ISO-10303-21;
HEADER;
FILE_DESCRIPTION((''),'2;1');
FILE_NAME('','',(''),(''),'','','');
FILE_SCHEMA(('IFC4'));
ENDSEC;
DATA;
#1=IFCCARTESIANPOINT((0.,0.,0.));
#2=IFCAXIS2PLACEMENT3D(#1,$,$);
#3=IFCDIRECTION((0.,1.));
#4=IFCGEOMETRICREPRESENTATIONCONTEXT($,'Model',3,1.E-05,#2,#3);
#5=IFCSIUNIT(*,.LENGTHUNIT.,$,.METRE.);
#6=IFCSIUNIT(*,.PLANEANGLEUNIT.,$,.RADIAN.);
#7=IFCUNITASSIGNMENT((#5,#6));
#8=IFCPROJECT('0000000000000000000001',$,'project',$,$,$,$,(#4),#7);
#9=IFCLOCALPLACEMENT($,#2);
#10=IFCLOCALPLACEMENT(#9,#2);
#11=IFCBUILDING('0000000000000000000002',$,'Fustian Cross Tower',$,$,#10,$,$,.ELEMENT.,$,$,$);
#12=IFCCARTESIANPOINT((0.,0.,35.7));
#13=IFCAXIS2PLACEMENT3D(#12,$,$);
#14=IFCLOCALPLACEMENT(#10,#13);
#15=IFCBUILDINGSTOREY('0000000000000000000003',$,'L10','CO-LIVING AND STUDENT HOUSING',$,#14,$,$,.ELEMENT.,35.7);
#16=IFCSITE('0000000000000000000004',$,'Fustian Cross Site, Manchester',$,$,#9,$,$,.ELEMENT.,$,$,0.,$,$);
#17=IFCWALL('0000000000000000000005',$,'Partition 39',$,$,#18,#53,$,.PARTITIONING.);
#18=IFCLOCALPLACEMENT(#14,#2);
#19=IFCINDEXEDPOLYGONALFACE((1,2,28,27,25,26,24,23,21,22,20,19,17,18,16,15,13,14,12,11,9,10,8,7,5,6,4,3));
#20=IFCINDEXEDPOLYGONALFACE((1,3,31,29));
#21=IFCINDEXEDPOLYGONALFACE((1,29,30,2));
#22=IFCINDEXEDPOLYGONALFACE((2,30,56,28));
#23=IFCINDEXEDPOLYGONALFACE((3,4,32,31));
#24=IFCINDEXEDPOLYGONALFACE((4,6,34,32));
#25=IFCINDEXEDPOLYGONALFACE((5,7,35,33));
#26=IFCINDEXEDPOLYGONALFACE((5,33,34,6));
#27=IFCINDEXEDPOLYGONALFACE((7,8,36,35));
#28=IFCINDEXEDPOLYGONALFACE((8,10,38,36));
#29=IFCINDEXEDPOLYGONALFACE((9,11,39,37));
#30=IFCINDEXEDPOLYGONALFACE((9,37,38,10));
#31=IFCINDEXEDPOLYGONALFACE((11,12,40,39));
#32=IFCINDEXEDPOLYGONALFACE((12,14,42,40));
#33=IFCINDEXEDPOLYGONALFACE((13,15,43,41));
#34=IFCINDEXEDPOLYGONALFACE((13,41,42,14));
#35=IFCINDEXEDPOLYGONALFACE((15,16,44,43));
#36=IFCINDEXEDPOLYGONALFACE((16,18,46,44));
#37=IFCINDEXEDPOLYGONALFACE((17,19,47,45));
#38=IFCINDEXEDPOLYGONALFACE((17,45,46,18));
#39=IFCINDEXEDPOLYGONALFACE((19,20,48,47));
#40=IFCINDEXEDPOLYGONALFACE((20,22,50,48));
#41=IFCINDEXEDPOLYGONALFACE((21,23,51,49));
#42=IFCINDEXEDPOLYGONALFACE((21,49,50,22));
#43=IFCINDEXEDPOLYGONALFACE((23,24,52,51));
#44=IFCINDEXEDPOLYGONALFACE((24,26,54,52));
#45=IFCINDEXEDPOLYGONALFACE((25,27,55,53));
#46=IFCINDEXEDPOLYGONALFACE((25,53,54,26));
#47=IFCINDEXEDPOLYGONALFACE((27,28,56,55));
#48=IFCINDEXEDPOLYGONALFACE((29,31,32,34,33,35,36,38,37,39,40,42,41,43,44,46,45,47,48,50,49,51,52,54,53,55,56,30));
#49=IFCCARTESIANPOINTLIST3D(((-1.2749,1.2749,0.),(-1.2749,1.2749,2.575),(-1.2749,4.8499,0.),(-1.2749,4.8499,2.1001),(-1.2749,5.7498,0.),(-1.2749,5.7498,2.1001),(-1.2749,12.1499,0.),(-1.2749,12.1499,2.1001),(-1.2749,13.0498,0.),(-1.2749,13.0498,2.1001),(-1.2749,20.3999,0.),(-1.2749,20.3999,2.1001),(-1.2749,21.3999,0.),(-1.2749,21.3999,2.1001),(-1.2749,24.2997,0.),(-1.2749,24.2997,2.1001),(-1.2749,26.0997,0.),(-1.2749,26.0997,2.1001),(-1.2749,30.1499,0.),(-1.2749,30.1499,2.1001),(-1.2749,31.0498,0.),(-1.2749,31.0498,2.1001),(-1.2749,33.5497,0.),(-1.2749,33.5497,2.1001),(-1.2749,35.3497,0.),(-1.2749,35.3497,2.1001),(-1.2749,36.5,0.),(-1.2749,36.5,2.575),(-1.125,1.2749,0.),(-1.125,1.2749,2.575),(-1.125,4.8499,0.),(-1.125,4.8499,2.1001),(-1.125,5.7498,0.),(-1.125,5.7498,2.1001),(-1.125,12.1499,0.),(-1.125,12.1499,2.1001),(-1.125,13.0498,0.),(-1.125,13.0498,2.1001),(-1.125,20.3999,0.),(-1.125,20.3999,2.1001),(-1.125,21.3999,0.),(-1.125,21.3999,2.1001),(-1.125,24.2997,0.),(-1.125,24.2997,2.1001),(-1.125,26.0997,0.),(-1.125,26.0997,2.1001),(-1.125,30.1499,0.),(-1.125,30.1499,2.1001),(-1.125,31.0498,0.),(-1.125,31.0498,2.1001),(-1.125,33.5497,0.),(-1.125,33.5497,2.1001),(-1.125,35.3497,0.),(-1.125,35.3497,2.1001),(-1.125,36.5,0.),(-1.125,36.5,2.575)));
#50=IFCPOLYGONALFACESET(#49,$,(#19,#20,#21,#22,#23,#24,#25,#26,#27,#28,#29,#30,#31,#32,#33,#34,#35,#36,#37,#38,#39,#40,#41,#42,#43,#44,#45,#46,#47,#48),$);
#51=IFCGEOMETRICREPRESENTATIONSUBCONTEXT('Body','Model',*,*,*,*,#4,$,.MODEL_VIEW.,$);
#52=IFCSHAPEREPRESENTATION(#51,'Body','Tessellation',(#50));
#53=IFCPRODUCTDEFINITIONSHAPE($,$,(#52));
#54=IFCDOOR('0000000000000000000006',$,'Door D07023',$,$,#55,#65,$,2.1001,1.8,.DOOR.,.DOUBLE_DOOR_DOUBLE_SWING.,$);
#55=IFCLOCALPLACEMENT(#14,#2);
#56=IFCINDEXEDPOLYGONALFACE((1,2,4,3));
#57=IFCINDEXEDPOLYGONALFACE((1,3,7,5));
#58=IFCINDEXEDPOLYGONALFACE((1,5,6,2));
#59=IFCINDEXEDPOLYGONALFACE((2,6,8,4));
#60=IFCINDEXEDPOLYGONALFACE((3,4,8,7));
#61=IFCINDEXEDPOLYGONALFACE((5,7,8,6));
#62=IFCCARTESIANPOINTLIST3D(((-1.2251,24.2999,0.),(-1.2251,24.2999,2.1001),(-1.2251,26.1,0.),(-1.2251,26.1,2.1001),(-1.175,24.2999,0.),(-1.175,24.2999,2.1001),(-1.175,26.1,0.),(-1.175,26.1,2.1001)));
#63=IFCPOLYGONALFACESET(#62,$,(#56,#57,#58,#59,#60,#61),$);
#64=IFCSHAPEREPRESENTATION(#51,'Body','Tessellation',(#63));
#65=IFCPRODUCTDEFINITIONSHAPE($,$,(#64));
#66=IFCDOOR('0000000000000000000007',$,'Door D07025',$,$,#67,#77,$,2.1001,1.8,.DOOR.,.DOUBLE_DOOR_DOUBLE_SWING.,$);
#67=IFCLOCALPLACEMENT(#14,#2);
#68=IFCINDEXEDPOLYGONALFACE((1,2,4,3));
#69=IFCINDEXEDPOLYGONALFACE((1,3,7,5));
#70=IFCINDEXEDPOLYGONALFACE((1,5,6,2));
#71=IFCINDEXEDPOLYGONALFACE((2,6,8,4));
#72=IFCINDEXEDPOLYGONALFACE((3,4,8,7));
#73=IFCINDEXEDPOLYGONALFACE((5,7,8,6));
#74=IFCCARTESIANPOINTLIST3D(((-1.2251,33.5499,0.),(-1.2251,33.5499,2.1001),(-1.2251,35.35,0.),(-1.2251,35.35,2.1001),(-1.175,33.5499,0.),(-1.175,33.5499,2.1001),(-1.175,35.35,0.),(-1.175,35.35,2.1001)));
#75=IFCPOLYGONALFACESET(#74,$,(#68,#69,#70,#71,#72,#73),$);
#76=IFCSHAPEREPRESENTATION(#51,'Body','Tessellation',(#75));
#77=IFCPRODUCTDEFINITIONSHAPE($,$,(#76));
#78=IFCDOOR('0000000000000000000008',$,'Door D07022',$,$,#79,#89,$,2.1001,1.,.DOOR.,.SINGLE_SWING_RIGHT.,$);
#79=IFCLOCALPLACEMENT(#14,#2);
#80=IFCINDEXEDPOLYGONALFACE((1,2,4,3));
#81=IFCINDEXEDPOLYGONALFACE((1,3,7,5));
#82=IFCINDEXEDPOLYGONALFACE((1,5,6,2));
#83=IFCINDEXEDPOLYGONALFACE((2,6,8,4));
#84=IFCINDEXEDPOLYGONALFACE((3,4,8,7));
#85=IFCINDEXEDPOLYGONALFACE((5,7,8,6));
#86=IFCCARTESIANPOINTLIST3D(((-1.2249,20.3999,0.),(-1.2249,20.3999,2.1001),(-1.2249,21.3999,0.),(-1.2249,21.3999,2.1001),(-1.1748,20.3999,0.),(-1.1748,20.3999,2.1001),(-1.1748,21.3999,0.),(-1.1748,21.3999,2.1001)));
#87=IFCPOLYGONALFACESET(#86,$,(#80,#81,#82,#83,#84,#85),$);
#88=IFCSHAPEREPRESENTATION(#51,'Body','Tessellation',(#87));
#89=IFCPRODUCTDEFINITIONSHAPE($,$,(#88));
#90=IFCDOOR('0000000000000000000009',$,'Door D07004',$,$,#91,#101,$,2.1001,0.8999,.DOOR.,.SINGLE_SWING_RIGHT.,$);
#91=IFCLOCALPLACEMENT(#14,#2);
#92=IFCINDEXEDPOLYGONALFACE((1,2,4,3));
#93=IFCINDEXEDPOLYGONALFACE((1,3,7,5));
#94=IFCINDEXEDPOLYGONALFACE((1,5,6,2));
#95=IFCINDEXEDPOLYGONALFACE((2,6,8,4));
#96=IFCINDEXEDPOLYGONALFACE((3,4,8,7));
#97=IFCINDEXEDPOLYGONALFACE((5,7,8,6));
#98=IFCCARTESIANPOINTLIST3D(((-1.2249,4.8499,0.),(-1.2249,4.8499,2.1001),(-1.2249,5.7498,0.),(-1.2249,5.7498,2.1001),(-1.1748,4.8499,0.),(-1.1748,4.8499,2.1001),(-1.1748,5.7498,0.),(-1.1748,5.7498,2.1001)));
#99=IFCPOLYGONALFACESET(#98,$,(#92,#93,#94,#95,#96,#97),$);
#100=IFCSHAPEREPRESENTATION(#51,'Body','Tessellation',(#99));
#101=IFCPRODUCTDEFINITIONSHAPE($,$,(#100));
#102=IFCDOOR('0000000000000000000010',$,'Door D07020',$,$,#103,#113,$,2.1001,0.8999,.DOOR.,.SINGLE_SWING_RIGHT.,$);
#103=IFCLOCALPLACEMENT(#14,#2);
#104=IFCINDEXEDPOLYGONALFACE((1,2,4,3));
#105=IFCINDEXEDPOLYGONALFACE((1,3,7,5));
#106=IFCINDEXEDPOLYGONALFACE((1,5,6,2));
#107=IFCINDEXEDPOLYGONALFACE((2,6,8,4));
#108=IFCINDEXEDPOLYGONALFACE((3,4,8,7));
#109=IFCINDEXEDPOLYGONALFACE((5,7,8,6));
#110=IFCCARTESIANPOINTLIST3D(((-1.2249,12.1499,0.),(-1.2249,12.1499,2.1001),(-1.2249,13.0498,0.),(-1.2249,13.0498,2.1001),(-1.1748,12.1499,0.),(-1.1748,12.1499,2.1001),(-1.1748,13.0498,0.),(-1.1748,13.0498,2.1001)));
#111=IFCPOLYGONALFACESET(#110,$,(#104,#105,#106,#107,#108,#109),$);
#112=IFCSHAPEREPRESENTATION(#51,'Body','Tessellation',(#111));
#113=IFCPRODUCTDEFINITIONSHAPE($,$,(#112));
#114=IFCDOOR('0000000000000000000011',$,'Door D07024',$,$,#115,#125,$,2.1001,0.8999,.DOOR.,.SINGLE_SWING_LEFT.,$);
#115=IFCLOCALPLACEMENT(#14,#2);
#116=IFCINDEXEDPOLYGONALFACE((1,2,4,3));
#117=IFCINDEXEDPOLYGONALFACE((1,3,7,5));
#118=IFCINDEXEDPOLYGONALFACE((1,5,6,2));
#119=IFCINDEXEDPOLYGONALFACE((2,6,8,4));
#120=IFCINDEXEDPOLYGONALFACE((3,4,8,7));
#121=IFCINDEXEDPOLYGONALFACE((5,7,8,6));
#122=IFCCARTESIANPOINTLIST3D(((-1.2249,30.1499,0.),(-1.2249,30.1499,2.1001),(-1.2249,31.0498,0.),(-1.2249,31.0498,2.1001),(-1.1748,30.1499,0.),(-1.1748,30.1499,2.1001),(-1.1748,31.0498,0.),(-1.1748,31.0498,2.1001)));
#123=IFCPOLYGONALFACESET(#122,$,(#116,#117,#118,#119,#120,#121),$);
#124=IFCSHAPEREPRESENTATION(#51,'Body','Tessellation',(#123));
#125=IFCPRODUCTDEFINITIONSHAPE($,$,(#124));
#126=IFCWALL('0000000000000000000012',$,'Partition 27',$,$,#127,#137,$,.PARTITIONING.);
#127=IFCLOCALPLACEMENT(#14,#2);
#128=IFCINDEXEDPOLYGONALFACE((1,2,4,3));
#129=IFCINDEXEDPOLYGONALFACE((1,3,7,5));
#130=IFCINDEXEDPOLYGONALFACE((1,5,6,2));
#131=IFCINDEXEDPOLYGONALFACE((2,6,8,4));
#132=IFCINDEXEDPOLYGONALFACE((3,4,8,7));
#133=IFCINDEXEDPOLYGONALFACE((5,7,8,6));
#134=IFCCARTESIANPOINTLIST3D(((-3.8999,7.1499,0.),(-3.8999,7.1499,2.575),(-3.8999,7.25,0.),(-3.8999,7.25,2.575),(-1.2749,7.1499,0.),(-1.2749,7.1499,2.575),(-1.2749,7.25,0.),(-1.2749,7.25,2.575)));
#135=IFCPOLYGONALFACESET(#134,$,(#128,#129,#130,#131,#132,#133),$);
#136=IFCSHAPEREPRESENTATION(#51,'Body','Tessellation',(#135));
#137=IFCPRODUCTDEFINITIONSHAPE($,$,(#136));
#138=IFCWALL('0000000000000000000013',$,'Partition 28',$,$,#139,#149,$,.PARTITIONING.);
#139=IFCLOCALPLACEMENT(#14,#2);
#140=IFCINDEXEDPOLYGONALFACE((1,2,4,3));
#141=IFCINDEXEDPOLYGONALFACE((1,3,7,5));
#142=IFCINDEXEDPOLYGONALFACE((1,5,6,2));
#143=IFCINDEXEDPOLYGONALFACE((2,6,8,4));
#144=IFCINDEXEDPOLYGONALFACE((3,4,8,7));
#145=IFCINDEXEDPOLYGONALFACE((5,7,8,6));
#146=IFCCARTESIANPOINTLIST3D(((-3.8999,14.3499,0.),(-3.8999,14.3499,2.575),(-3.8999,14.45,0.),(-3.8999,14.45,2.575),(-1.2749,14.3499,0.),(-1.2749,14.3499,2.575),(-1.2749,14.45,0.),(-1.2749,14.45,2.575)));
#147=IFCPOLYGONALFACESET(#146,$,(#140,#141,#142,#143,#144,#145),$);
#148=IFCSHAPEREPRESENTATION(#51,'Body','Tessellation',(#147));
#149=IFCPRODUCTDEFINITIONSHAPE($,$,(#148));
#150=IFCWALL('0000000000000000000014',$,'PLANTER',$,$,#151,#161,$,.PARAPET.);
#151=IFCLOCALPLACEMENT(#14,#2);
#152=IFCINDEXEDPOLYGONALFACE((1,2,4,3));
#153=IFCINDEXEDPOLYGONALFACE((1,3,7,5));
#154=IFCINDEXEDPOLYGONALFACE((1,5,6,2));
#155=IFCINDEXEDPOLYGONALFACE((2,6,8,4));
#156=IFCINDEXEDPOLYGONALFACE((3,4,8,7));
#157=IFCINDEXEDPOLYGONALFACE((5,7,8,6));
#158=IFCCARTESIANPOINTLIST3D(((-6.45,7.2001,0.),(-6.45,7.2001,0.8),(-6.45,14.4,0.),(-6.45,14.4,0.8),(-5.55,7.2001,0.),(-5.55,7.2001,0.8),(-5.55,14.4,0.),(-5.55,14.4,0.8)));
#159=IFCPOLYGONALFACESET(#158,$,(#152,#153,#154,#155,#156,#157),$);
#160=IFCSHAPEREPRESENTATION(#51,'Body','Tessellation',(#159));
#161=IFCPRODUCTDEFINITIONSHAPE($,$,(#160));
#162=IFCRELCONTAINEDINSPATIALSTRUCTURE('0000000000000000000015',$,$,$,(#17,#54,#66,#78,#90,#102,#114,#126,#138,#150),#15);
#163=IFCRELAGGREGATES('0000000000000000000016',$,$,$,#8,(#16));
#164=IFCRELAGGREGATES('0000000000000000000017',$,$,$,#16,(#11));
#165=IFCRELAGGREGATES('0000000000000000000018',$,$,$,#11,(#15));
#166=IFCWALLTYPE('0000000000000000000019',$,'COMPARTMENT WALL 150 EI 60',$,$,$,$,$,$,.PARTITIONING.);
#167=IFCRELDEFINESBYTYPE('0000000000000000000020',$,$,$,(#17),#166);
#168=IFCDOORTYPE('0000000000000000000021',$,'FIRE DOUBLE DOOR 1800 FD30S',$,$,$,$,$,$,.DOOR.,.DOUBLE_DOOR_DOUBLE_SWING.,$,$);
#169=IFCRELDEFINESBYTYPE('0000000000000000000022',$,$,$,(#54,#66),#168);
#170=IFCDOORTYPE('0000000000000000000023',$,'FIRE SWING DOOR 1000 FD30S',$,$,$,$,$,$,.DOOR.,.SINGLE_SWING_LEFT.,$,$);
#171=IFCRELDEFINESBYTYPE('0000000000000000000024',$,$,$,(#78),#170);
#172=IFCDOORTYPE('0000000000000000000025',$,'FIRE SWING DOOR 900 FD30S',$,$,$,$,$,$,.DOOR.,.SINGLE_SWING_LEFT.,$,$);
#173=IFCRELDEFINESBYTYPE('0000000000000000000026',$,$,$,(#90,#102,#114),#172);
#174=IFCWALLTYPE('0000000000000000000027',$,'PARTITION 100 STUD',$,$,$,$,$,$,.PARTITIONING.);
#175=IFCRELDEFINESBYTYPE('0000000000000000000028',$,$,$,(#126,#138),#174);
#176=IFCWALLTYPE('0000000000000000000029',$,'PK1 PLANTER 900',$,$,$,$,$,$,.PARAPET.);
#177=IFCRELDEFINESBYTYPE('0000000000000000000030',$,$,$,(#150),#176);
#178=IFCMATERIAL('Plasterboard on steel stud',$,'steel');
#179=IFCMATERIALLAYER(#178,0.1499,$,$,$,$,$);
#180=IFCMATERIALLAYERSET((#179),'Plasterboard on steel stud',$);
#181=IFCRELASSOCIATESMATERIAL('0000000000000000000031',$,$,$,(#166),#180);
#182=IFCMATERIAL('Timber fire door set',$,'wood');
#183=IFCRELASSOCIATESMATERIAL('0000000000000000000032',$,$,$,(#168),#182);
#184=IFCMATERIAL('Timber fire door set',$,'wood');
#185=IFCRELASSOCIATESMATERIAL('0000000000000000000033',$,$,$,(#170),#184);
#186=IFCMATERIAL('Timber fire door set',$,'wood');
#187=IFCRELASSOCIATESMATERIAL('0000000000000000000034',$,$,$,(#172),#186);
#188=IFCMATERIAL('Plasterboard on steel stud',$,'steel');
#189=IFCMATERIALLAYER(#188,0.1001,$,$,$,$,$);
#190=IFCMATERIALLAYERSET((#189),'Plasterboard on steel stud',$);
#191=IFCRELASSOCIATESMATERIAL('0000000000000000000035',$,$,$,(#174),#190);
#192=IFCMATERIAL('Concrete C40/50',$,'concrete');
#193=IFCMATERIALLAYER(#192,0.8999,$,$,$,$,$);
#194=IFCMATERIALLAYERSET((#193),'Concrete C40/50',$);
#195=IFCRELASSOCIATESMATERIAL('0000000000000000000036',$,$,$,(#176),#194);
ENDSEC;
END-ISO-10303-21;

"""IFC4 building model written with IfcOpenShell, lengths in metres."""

from ifc_helpers import new_model, si_unit, direction, frame, frame_2d, origin, place, context, subcontext, project, spatial, rectangle, extrude, material, layer, layer_set, type_object, element, fill, save


model = new_model("IFC4")

# Units and contexts
model_context = context("Model", 3, precision=1e-05, world=origin(), true_north=direction((0.0, 1.0)))
body_context = subcontext(model_context, "Body", "Model", "MODEL_VIEW")
ifc_project = project(units=[si_unit("LENGTHUNIT", "METRE"), si_unit("PLANEANGLEUNIT", "RADIAN")], contexts=[model_context])

# Site, building, storey
site_placement = place(None, origin())
site = spatial("IfcSite", under=ifc_project, at=site_placement, Name="Fustian Cross Site, Manchester", CompositionType="ELEMENT", RefElevation=0.0)
building_placement = place(site_placement, origin())
building = spatial("IfcBuilding", under=site, at=building_placement, Name="Fustian Cross Tower", CompositionType="ELEMENT")
storey_placement = place(building_placement, frame((0.0, 0.0, 35.7)))
storey = spatial("IfcBuildingStorey", under=building, at=storey_placement, Name="L10", Description="CO-LIVING AND STUDENT HOUSING", CompositionType="ELEMENT", Elevation=35.7)

# Wall, openings, doors
ifc_material_1 = material(Name="Plasterboard on steel stud", Category="steel")
ifc_layer_1 = layer(ifc_material_1, 0.1499)
ifc_layer_set_1 = layer_set([ifc_layer_1], Name="Plasterboard on steel stud")
wall_type_1 = type_object("IfcWallType", Name="COMPARTMENT WALL 150 EI 60", PredefinedType="PARTITIONING", material=ifc_layer_set_1)
wall_1_placement = place(storey_placement, frame((-1.2, 1.2749, 0.0), z_axis=(0.0, 0.0, 1.0), x_axis=(0.0, 1.0, 0.0)))
wall_1 = element("IfcWall", 1, at=wall_1_placement, inside=storey, type_object=wall_type_1, Name="Partition 39", PredefinedType="PARTITIONING", context=body_context, shape_type="SweptSolid", body=[
    extrude(rectangle(XDim=35.2251, YDim=0.1499, at=frame_2d((17.6125, 0.0))), origin(), (0.0, 0.0, 1.0), 2.575),
])
opening_1_placement = place(wall_1_placement, frame((3.575, 0.0, 0.0)))
opening_1 = element("IfcOpeningElement", 2, at=opening_1_placement, cuts=wall_1, PredefinedType="OPENING", context=body_context, shape_type="SweptSolid", body=[
    extrude(rectangle(XDim=0.8999, YDim=2.1001, at=frame_2d((0.45, 1.05))), frame((0.0, 0.085, 0.0), z_axis=(0.0, -1.0, 0.0), x_axis=(1.0, 0.0, 0.0)), (0.0, 0.0, 1.0), 0.1699),
])
opening_2_placement = place(wall_1_placement, frame((10.875, 0.0, 0.0)))
opening_2 = element("IfcOpeningElement", 3, at=opening_2_placement, cuts=wall_1, PredefinedType="OPENING", context=body_context, shape_type="SweptSolid", body=[
    extrude(rectangle(XDim=0.8999, YDim=2.1001, at=frame_2d((0.45, 1.05))), frame((0.0, 0.085, 0.0), z_axis=(0.0, -1.0, 0.0), x_axis=(1.0, 0.0, 0.0)), (0.0, 0.0, 1.0), 0.1699),
])
opening_3_placement = place(wall_1_placement, frame((19.125, 0.0, 0.0)))
opening_3 = element("IfcOpeningElement", 4, at=opening_3_placement, cuts=wall_1, PredefinedType="OPENING", context=body_context, shape_type="SweptSolid", body=[
    extrude(rectangle(XDim=1.0, YDim=2.1001, at=frame_2d((0.5, 1.05))), frame((0.0, 0.085, 0.0), z_axis=(0.0, -1.0, 0.0), x_axis=(1.0, 0.0, 0.0)), (0.0, 0.0, 1.0), 0.1699),
])
opening_4_placement = place(wall_1_placement, frame((23.0249, 0.0, 0.0)))
opening_4 = element("IfcOpeningElement", 5, at=opening_4_placement, cuts=wall_1, PredefinedType="OPENING", context=body_context, shape_type="SweptSolid", body=[
    extrude(rectangle(XDim=1.8, YDim=2.1001, at=frame_2d((0.8999, 1.05))), frame((0.0, 0.085, 0.0), z_axis=(0.0, -1.0, 0.0), x_axis=(1.0, 0.0, 0.0)), (0.0, 0.0, 1.0), 0.1699),
])
opening_5_placement = place(wall_1_placement, frame((28.875, 0.0, 0.0)))
opening_5 = element("IfcOpeningElement", 6, at=opening_5_placement, cuts=wall_1, PredefinedType="OPENING", context=body_context, shape_type="SweptSolid", body=[
    extrude(rectangle(XDim=0.8999, YDim=2.1001, at=frame_2d((0.45, 1.05))), frame((0.0, 0.085, 0.0), z_axis=(0.0, -1.0, 0.0), x_axis=(1.0, 0.0, 0.0)), (0.0, 0.0, 1.0), 0.1699),
])
opening_6_placement = place(wall_1_placement, frame((32.2749, 0.0, 0.0)))
opening_6 = element("IfcOpeningElement", 7, at=opening_6_placement, cuts=wall_1, PredefinedType="OPENING", context=body_context, shape_type="SweptSolid", body=[
    extrude(rectangle(XDim=1.8, YDim=2.1001, at=frame_2d((0.8999, 1.05))), frame((0.0, 0.085, 0.0), z_axis=(0.0, -1.0, 0.0), x_axis=(1.0, 0.0, 0.0)), (0.0, 0.0, 1.0), 0.1699),
])
ifc_material_2 = material(Name="Timber fire door set", Category="wood")
door_type_1 = type_object("IfcDoorType", Name="FIRE DOUBLE DOOR 1800 FD30S", OperationType="DOUBLE_DOOR_DOUBLE_SWING", PredefinedType="DOOR", material=ifc_material_2)
door_1_placement = place(opening_4_placement, frame((1.8, 0.0, 0.0), z_axis=(0.0, 0.0, 1.0), x_axis=(-1.0, 0.0, 0.0)))
door_1 = element("IfcDoor", 8, at=door_1_placement, inside=storey, type_object=door_type_1, Name="Door D07023", OperationType="DOUBLE_DOOR_DOUBLE_SWING", OverallHeight=2.1001, OverallWidth=1.8, PredefinedType="DOOR", context=body_context, shape_type="SweptSolid", body=[
    extrude(rectangle(XDim=1.8, YDim=2.1001, at=frame_2d((0.8999, 1.05))), frame((0.0, 0.0249, 0.0), z_axis=(0.0, -1.0, 0.0), x_axis=(1.0, 0.0, 0.0)), (0.0, 0.0, 1.0), 0.05),
])
fill(opening_4, door_1)
door_2_placement = place(opening_6_placement, frame((1.8, 0.0, 0.0), z_axis=(0.0, 0.0, 1.0), x_axis=(-1.0, 0.0, 0.0)))
door_2 = element("IfcDoor", 9, at=door_2_placement, inside=storey, type_object=door_type_1, Name="Door D07025", OperationType="DOUBLE_DOOR_DOUBLE_SWING", OverallHeight=2.1001, OverallWidth=1.8, PredefinedType="DOOR", context=body_context, shape_type="SweptSolid", body=[
    extrude(rectangle(XDim=1.8, YDim=2.1001, at=frame_2d((0.8999, 1.05))), frame((0.0, 0.0249, 0.0), z_axis=(0.0, -1.0, 0.0), x_axis=(1.0, 0.0, 0.0)), (0.0, 0.0, 1.0), 0.05),
])
fill(opening_6, door_2)
ifc_material_3 = material(Name="Timber fire door set", Category="wood")
door_type_2 = type_object("IfcDoorType", Name="FIRE SWING DOOR 1000 FD30S", OperationType="SINGLE_SWING_LEFT", PredefinedType="DOOR", material=ifc_material_3)
door_3_placement = place(opening_3_placement, origin())
door_3 = element("IfcDoor", 10, at=door_3_placement, inside=storey, type_object=door_type_2, Name="Door D07022", OperationType="SINGLE_SWING_RIGHT", OverallHeight=2.1001, OverallWidth=1.0, PredefinedType="DOOR", context=body_context, shape_type="SweptSolid", body=[
    extrude(rectangle(XDim=1.0, YDim=2.1001, at=frame_2d((0.5, 1.05))), frame((0.0, 0.0249, 0.0), z_axis=(0.0, -1.0, 0.0), x_axis=(1.0, 0.0, 0.0)), (0.0, 0.0, 1.0), 0.05),
])
fill(opening_3, door_3)
ifc_material_4 = material(Name="Timber fire door set", Category="wood")
door_type_3 = type_object("IfcDoorType", Name="FIRE SWING DOOR 900 FD30S", OperationType="SINGLE_SWING_LEFT", PredefinedType="DOOR", material=ifc_material_4)
door_4_placement = place(opening_1_placement, origin())
door_4 = element("IfcDoor", 11, at=door_4_placement, inside=storey, type_object=door_type_3, Name="Door D07004", OperationType="SINGLE_SWING_RIGHT", OverallHeight=2.1001, OverallWidth=0.8999, PredefinedType="DOOR", context=body_context, shape_type="SweptSolid", body=[
    extrude(rectangle(XDim=0.8999, YDim=2.1001, at=frame_2d((0.45, 1.05))), frame((0.0, 0.0249, 0.0), z_axis=(0.0, -1.0, 0.0), x_axis=(1.0, 0.0, 0.0)), (0.0, 0.0, 1.0), 0.05),
])
fill(opening_1, door_4)
door_5_placement = place(opening_2_placement, origin())
door_5 = element("IfcDoor", 12, at=door_5_placement, inside=storey, type_object=door_type_3, Name="Door D07020", OperationType="SINGLE_SWING_RIGHT", OverallHeight=2.1001, OverallWidth=0.8999, PredefinedType="DOOR", context=body_context, shape_type="SweptSolid", body=[
    extrude(rectangle(XDim=0.8999, YDim=2.1001, at=frame_2d((0.45, 1.05))), frame((0.0, 0.0249, 0.0), z_axis=(0.0, -1.0, 0.0), x_axis=(1.0, 0.0, 0.0)), (0.0, 0.0, 1.0), 0.05),
])
fill(opening_2, door_5)
door_6_placement = place(opening_5_placement, origin())
door_6 = element("IfcDoor", 13, at=door_6_placement, inside=storey, type_object=door_type_3, Name="Door D07024", OperationType="SINGLE_SWING_LEFT", OverallHeight=2.1001, OverallWidth=0.8999, PredefinedType="DOOR", context=body_context, shape_type="SweptSolid", body=[
    extrude(rectangle(XDim=0.8999, YDim=2.1001, at=frame_2d((0.45, 1.05))), frame((0.0, 0.0249, 0.0), z_axis=(0.0, -1.0, 0.0), x_axis=(1.0, 0.0, 0.0)), (0.0, 0.0, 1.0), 0.05),
])
fill(opening_5, door_6)

# Walls
ifc_material_5 = material(Name="Plasterboard on steel stud", Category="steel")
ifc_layer_2 = layer(ifc_material_5, 0.1001)
ifc_layer_set_2 = layer_set([ifc_layer_2], Name="Plasterboard on steel stud")
wall_type_2 = type_object("IfcWallType", Name="PARTITION 100 STUD", PredefinedType="PARTITIONING", material=ifc_layer_set_2)
for number, where, z_axis, x_axis, name in (
    (14, (-3.8999, 7.2, 0.0), (0.0, 0.0, 1.0), (1.0, 0.0, 0.0), "Partition 27"),
    (15, (-3.8999, 14.3999, 0.0), (0.0, 0.0, 1.0), (1.0, 0.0, 0.0), "Partition 28"),
):
    element("IfcWall", number, at=place(storey_placement, frame(where, z_axis=z_axis, x_axis=x_axis)), inside=storey, type_object=wall_type_2, Name=name, PredefinedType="PARTITIONING", context=body_context, shape_type="SweptSolid", body=[
        extrude(rectangle(XDim=2.625, YDim=0.1001, at=frame_2d((1.3125, 0.0))), origin(), (0.0, 0.0, 1.0), 2.575),
    ])
ifc_material_6 = material(Name="Concrete C40/50", Category="concrete")
ifc_layer_3 = layer(ifc_material_6, 0.8999)
ifc_layer_set_3 = layer_set([ifc_layer_3], Name="Concrete C40/50")
wall_type_3 = type_object("IfcWallType", Name="PK1 PLANTER 900", PredefinedType="PARAPET", material=ifc_layer_set_3)
wall_2_placement = place(storey_placement, frame((-6.0, 7.2, 0.0), z_axis=(0.0, 0.0, 1.0), x_axis=(0.0, 1.0, 0.0)))
element("IfcWall", 16, at=wall_2_placement, inside=storey, type_object=wall_type_3, Name="PLANTER", PredefinedType="PARAPET", context=body_context, shape_type="SweptSolid", body=[
    extrude(rectangle(XDim=7.2, YDim=0.8999, at=frame_2d((3.6001, 0.0))), origin(), (0.0, 0.0, 1.0), 0.8),
])

save(model, "model.ifc")
